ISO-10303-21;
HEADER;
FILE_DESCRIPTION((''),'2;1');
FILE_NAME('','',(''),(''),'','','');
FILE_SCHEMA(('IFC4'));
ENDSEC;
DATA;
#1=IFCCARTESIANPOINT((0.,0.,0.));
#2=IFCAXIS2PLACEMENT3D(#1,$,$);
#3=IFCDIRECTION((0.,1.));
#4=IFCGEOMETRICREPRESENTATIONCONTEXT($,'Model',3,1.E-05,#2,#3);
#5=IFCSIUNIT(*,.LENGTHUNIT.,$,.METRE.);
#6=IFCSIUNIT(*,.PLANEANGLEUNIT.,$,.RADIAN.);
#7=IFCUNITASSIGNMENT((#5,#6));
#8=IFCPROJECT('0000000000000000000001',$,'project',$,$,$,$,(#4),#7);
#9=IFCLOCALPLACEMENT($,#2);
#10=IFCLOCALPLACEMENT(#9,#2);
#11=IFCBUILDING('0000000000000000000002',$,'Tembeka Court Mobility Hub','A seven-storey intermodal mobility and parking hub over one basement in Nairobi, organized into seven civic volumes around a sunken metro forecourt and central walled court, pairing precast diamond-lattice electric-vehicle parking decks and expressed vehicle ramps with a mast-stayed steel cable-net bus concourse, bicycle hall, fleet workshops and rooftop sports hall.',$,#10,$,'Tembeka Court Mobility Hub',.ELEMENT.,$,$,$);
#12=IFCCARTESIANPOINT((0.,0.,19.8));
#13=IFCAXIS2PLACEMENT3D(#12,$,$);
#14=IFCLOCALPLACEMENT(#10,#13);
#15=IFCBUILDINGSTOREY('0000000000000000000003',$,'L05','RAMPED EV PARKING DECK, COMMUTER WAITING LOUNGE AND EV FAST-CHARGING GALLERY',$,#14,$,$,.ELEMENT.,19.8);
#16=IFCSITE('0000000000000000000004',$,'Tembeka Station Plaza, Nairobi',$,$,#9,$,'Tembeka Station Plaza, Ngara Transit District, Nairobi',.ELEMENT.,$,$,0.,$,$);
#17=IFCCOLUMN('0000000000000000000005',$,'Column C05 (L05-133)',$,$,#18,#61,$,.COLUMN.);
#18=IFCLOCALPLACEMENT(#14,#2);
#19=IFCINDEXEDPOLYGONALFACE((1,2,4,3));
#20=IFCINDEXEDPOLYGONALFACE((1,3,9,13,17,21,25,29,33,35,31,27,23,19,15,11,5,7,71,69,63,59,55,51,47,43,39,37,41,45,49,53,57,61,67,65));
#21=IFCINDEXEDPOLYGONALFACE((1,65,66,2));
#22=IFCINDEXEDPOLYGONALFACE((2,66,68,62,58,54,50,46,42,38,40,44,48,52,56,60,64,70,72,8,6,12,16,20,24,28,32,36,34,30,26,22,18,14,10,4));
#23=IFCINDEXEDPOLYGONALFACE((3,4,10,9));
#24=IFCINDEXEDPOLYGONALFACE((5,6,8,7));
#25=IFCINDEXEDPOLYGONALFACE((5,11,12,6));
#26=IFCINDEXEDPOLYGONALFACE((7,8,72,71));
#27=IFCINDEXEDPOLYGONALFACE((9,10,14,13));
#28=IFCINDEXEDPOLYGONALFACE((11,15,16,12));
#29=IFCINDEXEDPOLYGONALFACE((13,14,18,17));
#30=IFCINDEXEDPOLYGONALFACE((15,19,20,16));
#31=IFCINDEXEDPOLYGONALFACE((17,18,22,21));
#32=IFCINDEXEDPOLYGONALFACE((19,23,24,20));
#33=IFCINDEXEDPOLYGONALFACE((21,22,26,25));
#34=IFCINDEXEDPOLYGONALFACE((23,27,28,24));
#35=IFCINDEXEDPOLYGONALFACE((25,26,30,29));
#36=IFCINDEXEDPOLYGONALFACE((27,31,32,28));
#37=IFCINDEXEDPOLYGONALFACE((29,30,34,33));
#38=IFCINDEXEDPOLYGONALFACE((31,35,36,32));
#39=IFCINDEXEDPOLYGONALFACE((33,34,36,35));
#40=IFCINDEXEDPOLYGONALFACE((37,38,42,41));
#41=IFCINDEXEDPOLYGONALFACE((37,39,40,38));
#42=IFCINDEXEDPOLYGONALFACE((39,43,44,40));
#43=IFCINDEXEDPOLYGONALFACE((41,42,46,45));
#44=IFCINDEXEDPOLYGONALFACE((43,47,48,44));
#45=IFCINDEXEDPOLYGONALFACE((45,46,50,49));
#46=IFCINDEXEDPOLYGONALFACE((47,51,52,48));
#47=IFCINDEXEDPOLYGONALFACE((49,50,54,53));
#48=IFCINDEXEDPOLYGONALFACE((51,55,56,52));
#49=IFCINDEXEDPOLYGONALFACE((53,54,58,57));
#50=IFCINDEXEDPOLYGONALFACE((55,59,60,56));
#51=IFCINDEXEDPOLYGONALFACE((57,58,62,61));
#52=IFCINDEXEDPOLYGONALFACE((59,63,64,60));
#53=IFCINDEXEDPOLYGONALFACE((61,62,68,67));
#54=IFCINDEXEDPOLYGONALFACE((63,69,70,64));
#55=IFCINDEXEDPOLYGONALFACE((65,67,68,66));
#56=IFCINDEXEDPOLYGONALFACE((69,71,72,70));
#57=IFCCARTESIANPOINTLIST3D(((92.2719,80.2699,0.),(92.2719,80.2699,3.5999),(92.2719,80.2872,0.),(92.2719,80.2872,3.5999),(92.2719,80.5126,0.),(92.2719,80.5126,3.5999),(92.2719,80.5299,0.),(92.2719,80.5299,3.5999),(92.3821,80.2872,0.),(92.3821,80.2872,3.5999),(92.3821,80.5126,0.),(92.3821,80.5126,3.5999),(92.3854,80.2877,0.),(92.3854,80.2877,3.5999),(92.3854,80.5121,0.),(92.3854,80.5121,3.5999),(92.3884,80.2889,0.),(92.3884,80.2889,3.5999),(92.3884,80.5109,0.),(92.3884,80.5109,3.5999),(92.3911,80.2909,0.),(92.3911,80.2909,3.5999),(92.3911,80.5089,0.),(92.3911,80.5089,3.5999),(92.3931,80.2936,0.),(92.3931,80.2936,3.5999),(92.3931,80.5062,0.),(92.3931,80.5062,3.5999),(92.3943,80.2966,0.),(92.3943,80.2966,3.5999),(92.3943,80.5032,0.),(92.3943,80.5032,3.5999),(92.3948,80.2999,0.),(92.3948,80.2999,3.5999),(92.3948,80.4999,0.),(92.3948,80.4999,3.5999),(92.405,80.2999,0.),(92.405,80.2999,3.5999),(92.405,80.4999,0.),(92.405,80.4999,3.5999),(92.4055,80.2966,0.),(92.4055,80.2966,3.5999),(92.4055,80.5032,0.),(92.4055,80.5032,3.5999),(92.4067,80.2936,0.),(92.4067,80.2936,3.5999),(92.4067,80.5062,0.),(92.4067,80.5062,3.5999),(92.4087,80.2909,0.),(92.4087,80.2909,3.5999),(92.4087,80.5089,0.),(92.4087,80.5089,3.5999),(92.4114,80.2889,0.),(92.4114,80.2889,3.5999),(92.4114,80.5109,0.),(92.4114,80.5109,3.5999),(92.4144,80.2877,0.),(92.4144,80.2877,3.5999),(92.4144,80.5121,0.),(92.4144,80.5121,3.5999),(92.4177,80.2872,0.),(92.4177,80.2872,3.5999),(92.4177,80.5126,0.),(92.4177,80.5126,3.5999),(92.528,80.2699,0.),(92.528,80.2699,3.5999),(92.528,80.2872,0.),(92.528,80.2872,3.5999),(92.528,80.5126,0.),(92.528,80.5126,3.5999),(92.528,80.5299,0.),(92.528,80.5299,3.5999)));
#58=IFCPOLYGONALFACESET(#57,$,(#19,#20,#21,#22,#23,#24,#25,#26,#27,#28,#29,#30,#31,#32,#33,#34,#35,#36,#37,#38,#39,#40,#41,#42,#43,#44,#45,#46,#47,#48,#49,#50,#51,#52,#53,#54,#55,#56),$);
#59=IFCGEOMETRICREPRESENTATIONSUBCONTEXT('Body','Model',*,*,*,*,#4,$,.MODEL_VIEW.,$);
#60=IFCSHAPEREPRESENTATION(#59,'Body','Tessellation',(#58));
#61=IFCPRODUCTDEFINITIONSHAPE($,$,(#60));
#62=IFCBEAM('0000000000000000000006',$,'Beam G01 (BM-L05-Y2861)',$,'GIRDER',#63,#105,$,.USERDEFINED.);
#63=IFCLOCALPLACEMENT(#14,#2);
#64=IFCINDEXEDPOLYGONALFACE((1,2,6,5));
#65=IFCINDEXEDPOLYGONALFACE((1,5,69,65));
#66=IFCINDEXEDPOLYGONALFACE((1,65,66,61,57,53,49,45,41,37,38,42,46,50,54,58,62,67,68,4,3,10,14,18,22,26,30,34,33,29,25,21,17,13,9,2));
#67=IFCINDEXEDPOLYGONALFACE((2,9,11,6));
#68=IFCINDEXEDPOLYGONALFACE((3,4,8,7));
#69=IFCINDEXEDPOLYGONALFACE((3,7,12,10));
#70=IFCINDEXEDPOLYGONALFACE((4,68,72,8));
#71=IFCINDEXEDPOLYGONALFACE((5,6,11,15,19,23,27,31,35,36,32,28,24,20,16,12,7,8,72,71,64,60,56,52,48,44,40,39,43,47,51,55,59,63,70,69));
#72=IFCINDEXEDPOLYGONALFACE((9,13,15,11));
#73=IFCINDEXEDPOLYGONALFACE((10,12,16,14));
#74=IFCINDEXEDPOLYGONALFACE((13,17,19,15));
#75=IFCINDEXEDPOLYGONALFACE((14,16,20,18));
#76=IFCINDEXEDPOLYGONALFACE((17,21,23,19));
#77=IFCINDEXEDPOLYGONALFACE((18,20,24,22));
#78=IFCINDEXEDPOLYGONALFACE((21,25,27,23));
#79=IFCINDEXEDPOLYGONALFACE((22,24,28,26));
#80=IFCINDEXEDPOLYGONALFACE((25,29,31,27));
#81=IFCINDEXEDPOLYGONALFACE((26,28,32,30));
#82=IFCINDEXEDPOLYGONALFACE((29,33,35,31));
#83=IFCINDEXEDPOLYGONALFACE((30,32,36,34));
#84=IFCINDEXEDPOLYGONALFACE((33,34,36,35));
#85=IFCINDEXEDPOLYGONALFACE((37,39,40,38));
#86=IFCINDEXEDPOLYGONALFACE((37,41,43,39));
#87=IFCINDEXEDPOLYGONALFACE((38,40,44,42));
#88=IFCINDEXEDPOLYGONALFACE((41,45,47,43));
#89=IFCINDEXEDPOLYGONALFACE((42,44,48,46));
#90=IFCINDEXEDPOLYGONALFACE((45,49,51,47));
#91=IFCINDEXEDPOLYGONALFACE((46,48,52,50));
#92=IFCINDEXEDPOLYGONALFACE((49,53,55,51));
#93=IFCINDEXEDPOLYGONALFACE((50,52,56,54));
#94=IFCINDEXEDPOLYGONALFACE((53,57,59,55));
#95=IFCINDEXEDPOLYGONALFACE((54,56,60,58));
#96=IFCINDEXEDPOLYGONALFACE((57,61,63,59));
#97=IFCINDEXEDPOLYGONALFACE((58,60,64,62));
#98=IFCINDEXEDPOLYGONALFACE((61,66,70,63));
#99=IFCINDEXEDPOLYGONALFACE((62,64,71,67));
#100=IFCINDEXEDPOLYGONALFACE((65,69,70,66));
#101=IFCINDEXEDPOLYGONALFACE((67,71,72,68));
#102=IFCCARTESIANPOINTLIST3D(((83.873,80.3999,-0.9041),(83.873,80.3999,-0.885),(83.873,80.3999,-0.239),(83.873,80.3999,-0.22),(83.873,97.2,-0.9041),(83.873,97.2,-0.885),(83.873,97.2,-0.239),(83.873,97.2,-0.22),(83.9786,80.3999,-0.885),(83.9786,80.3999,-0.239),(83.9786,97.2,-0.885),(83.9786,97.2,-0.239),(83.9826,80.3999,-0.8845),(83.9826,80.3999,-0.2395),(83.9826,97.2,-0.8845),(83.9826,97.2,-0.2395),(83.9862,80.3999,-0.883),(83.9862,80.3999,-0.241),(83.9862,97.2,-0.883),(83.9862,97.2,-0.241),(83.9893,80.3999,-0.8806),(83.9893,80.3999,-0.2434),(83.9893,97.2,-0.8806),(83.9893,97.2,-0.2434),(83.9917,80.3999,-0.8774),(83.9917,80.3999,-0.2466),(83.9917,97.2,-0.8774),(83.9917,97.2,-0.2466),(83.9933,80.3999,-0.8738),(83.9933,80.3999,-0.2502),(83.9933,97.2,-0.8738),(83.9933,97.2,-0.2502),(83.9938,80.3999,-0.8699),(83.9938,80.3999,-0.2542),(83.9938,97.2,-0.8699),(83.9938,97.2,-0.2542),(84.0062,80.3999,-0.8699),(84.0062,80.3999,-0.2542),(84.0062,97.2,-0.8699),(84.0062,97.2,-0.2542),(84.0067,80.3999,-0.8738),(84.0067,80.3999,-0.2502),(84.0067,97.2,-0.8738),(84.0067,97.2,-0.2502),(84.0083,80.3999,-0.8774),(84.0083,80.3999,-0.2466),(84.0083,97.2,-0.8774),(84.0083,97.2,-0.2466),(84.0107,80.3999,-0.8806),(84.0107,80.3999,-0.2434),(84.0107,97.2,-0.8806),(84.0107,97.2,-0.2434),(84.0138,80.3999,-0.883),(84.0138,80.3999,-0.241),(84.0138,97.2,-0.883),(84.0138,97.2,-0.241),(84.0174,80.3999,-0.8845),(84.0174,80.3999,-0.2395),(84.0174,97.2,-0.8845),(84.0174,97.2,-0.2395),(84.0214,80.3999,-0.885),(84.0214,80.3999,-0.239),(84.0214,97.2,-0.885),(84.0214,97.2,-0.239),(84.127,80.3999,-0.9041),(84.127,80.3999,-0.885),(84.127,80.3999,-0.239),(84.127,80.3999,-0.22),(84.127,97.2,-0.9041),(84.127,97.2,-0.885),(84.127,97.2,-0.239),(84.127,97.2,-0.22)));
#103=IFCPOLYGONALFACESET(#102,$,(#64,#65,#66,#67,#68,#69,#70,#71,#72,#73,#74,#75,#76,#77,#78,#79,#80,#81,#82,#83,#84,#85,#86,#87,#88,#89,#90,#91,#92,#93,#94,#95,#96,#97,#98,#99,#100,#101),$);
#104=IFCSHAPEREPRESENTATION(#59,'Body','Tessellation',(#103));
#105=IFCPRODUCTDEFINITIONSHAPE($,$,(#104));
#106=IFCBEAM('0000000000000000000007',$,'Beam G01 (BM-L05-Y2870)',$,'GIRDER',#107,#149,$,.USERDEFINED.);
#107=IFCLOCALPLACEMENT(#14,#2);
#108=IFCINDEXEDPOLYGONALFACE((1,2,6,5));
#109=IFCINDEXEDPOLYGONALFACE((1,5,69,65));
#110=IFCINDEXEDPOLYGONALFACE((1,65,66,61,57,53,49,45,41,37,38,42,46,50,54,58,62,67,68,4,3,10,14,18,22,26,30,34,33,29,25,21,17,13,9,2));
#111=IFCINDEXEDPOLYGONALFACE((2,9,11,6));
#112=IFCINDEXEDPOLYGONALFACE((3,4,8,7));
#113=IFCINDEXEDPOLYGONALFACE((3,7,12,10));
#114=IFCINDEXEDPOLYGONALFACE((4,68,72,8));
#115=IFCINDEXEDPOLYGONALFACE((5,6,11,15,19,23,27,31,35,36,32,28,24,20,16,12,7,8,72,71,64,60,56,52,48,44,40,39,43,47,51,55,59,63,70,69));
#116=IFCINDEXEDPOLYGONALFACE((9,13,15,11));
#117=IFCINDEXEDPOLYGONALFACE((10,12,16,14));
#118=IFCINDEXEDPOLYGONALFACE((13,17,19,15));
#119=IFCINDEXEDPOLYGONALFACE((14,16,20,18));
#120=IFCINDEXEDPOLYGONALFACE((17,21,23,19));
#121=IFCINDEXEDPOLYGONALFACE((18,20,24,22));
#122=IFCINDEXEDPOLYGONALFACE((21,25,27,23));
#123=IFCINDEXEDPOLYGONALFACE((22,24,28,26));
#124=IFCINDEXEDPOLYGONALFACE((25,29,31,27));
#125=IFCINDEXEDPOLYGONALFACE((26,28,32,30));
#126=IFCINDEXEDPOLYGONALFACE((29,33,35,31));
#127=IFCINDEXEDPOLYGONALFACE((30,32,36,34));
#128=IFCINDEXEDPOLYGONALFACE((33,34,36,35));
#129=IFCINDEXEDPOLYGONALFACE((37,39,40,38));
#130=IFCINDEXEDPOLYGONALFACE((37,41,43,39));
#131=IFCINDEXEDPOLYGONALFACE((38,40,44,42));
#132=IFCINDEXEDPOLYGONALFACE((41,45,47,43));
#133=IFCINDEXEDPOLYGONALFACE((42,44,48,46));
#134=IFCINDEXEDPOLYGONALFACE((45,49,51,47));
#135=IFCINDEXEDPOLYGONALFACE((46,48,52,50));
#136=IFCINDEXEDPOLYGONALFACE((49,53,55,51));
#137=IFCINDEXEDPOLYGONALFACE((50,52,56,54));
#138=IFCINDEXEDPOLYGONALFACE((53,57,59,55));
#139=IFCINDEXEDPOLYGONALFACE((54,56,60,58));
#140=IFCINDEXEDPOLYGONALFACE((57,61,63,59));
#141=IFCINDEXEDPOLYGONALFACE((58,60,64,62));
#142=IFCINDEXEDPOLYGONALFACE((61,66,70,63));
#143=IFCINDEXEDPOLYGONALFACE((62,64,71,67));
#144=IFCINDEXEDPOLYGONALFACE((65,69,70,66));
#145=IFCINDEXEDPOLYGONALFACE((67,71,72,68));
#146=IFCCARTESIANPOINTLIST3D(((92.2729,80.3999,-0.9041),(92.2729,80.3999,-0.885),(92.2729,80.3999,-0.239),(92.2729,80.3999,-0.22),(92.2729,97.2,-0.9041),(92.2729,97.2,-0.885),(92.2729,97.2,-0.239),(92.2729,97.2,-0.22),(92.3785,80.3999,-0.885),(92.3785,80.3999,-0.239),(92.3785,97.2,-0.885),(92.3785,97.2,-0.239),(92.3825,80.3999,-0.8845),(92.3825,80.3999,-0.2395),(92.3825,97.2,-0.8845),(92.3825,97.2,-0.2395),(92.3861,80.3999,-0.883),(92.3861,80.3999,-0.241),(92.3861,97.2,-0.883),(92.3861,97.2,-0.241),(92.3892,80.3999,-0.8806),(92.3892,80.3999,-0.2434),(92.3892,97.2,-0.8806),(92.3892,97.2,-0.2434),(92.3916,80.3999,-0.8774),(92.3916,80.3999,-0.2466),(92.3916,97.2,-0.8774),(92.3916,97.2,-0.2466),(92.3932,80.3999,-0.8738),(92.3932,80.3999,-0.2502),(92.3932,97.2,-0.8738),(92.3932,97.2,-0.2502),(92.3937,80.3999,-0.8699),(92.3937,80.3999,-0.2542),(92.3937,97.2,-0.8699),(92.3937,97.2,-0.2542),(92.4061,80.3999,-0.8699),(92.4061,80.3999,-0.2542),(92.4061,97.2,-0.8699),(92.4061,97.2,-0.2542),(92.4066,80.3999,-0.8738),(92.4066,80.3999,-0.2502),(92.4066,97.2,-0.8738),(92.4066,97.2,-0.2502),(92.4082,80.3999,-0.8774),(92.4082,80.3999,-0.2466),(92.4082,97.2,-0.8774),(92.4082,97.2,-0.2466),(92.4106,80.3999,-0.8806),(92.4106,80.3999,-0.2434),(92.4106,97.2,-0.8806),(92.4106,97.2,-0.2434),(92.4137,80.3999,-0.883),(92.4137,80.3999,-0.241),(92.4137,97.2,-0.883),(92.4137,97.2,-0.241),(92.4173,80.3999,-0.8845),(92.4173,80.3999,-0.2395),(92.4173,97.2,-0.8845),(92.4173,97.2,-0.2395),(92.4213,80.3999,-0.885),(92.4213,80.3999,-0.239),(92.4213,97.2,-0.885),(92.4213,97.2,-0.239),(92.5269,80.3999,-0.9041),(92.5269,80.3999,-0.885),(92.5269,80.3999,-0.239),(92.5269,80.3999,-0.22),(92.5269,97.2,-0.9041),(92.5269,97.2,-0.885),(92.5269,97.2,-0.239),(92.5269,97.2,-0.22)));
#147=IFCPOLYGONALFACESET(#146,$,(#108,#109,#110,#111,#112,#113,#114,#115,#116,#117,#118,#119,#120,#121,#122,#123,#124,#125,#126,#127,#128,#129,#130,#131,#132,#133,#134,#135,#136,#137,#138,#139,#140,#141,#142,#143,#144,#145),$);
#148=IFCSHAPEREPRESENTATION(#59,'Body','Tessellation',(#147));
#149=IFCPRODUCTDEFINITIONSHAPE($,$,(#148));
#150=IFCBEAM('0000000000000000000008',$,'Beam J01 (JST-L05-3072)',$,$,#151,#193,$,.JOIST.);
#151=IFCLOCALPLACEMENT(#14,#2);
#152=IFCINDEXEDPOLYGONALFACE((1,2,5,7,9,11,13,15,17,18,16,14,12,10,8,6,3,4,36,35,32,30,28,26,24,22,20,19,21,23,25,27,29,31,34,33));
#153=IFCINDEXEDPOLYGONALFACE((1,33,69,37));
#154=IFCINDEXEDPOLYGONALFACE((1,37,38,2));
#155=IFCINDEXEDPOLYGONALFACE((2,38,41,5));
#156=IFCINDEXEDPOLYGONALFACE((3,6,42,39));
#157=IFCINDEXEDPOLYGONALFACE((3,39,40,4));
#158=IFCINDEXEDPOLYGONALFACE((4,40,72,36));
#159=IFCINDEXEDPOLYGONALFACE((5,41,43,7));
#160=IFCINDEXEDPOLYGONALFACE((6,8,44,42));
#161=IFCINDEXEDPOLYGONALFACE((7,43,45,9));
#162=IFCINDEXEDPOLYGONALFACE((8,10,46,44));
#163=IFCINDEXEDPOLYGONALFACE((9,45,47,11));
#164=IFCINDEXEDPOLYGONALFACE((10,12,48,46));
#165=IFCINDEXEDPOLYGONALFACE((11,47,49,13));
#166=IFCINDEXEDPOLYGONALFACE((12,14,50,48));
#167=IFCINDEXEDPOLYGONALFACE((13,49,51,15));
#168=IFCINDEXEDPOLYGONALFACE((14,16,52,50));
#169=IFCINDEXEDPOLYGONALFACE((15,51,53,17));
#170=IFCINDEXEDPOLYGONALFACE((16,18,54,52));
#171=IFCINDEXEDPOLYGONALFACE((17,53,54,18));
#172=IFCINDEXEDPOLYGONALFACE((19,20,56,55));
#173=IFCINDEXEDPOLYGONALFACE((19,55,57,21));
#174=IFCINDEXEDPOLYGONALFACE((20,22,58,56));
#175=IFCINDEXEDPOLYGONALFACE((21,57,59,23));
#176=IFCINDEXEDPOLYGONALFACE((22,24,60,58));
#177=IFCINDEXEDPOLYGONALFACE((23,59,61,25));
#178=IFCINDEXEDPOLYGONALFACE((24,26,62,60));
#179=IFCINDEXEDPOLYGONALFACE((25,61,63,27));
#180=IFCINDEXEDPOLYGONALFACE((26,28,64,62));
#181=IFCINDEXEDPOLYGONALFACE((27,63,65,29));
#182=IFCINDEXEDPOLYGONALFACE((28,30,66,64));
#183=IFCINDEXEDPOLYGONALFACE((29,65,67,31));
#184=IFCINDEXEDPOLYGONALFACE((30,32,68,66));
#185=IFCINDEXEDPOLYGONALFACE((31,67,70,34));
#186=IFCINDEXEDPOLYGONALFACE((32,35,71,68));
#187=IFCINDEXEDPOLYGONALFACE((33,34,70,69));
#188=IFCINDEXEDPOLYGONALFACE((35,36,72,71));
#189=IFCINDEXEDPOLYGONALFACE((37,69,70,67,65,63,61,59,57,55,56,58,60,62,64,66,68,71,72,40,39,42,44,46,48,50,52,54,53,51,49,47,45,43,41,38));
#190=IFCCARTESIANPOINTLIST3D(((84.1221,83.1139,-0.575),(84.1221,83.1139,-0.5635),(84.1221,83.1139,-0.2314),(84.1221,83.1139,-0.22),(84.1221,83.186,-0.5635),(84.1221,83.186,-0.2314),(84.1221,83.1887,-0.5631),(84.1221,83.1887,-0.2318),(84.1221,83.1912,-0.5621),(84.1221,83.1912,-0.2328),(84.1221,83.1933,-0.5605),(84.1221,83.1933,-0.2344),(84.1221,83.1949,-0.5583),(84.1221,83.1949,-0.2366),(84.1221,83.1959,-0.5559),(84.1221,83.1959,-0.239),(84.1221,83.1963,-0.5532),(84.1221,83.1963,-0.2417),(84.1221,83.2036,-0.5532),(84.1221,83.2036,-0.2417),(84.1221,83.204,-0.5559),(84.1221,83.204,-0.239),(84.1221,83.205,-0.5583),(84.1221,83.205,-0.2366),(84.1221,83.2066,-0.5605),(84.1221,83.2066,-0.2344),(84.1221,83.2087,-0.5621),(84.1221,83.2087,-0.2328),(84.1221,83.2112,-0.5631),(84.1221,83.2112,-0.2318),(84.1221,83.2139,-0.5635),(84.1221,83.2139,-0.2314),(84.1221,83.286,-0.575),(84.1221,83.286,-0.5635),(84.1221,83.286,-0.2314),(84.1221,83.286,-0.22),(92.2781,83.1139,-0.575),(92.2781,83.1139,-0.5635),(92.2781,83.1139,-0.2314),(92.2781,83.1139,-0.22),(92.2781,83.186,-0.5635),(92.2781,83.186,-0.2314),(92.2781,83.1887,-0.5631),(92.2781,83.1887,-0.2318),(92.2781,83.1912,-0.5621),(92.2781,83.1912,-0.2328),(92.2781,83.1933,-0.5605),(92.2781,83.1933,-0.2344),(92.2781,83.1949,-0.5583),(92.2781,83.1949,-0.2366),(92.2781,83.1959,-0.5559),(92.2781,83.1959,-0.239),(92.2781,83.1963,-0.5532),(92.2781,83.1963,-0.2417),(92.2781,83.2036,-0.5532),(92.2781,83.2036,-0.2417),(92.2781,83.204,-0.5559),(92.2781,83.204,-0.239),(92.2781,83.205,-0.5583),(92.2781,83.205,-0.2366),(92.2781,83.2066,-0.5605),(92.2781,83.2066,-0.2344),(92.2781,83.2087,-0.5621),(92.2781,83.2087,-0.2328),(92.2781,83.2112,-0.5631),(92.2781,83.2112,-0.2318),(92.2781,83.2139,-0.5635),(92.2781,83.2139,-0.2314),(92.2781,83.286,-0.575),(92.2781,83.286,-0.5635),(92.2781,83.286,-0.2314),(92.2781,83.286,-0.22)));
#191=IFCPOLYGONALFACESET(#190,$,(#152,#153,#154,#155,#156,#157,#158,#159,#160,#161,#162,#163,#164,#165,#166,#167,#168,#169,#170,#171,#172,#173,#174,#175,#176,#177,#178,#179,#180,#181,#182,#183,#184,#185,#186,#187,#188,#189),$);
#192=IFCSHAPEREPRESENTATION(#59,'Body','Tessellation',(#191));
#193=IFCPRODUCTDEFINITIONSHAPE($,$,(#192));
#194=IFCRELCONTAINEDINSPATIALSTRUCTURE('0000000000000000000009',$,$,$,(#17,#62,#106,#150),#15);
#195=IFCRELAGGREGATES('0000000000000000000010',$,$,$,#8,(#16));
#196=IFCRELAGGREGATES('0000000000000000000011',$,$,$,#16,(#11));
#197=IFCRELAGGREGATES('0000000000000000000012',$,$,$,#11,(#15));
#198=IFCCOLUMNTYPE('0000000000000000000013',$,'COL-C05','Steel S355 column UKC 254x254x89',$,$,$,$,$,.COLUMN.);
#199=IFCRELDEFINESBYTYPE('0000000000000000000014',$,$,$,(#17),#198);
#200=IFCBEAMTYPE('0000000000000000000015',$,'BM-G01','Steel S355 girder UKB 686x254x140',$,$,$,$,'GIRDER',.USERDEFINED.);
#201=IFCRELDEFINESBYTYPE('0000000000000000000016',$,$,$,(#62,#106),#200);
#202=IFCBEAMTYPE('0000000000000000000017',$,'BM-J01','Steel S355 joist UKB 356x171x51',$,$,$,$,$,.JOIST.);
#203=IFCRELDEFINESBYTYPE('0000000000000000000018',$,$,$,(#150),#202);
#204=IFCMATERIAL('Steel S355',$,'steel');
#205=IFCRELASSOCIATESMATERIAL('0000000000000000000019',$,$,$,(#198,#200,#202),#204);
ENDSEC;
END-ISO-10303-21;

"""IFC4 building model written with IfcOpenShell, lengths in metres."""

from ifc_helpers import new_model, si_unit, direction, frame, origin, origin_2d, place, context, subcontext, project, spatial, i_section, extrude, material, material_profile, profile_set, type_object, element, save


model = new_model("IFC4")

# Units and contexts
model_context = context("Model", 3, precision=1e-05, world=origin(), true_north=direction((0.0, 1.0)))
body_context = subcontext(model_context, "Body", "Model", "MODEL_VIEW")
ifc_project = project(units=[si_unit("LENGTHUNIT", "METRE"), si_unit("PLANEANGLEUNIT", "RADIAN")], contexts=[model_context])

# Site, building, storey
site_placement = place(None, origin())
site = spatial("IfcSite", under=ifc_project, at=site_placement, Name="Tembeka Station Plaza, Nairobi", LongName="Tembeka Station Plaza, Ngara Transit District, Nairobi", CompositionType="ELEMENT", RefElevation=0.0)
building_placement = place(site_placement, origin())
building = spatial("IfcBuilding", under=site, at=building_placement, Name="Tembeka Court Mobility Hub", Description="A seven-storey intermodal mobility and parking hub over one basement in Nairobi, organized into seven civic volumes around a sunken metro forecourt and central walled court, pairing precast diamond-lattice electric-vehicle parking decks and expressed vehicle ramps with a mast-stayed steel cable-net bus concourse, bicycle hall, fleet workshops and rooftop sports hall.", LongName="Tembeka Court Mobility Hub", CompositionType="ELEMENT")
storey_placement = place(building_placement, frame((0.0, 0.0, 19.8)))
storey = spatial("IfcBuildingStorey", under=building, at=storey_placement, Name="L05", Description="RAMPED EV PARKING DECK, COMMUTER WAITING LOUNGE AND EV FAST-CHARGING GALLERY", CompositionType="ELEMENT", Elevation=19.8)

# Column
ifc_material_1 = material(Name="Steel S355", Category="steel")
ifc_material_profile_1 = material_profile(ifc_material_1, i_section(OverallWidth=0.2561, OverallDepth=0.26, WebThickness=0.0103, FlangeThickness=0.0173, FilletRadius=0.0127, at=origin_2d()), Name="UKC 254x254x89")
ifc_profile_set_1 = profile_set([ifc_material_profile_1], Name="Steel S355")
column_type = type_object("IfcColumnType", Name="COL-C05", Description="Steel S355 column UKC 254x254x89", PredefinedType="COLUMN", material=ifc_profile_set_1)
column_placement = place(storey_placement, frame((92.3999, 80.3999, 0.0), z_axis=(0.0, 0.0, 1.0), x_axis=(1.0, 0.0, 0.0)))
element("IfcColumn", 1, at=column_placement, inside=storey, type_object=column_type, Name="Column C05 (L05-133)", PredefinedType="COLUMN", context=body_context, shape_type="SweptSolid", body=[
    extrude(i_section(OverallWidth=0.2561, OverallDepth=0.26, WebThickness=0.0103, FlangeThickness=0.0173, FilletRadius=0.0127, at=origin_2d()), origin(), (0.0, 0.0, 1.0), 3.5999),
])

# Beams
ifc_material_profile_2 = material_profile(ifc_material_1, i_section(OverallWidth=0.2539, OverallDepth=0.6841, WebThickness=0.0125, FlangeThickness=0.019, FilletRadius=0.0151, at=origin_2d()), Name="UKB 686x254x140")
ifc_profile_set_2 = profile_set([ifc_material_profile_2], Name="Steel S355")
beam_type_1 = type_object("IfcBeamType", Name="BM-G01", Description="Steel S355 girder UKB 686x254x140", ElementType="GIRDER", PredefinedType="USERDEFINED", material=ifc_profile_set_2)
for number, where, z_axis, x_axis, name in (
    (2, (84.0, 80.3999, -0.562), (0.0, 1.0, 0.0), (-1.0, 0.0, 0.0), "Beam G01 (BM-L05-Y2861)"),
    (3, (92.3999, 80.3999, -0.562), (0.0, 1.0, 0.0), (-1.0, 0.0, 0.0), "Beam G01 (BM-L05-Y2870)"),
):
    element("IfcBeam", number, at=place(storey_placement, frame(where, z_axis=z_axis, x_axis=x_axis)), inside=storey, type_object=beam_type_1, Name=name, ObjectType="GIRDER", PredefinedType="USERDEFINED", context=body_context, shape_type="SweptSolid", body=[
        extrude(i_section(OverallWidth=0.2539, OverallDepth=0.6841, WebThickness=0.0125, FlangeThickness=0.019, FilletRadius=0.0151, at=origin_2d()), origin(), (0.0, 0.0, 1.0), 16.8),
    ])
ifc_material_profile_3 = material_profile(ifc_material_1, i_section(OverallWidth=0.1721, OverallDepth=0.355, WebThickness=0.0073, FlangeThickness=0.0115, FilletRadius=0.0103, at=origin_2d()), Name="UKB 356x171x51")
ifc_profile_set_3 = profile_set([ifc_material_profile_3], Name="Steel S355")
beam_type_2 = type_object("IfcBeamType", Name="BM-J01", Description="Steel S355 joist UKB 356x171x51", PredefinedType="JOIST", material=ifc_profile_set_3)
beam_placement = place(storey_placement, frame((84.1221, 83.2, -0.3975), z_axis=(1.0, 0.0, 0.0), x_axis=(0.0, 1.0, 0.0)))
element("IfcBeam", 4, at=beam_placement, inside=storey, type_object=beam_type_2, Name="Beam J01 (JST-L05-3072)", PredefinedType="JOIST", context=body_context, shape_type="SweptSolid", body=[
    extrude(i_section(OverallWidth=0.1721, OverallDepth=0.355, WebThickness=0.0073, FlangeThickness=0.0115, FilletRadius=0.0103, at=origin_2d()), origin(), (0.0, 0.0, 1.0), 8.156),
])

save(model, "model.ifc")
